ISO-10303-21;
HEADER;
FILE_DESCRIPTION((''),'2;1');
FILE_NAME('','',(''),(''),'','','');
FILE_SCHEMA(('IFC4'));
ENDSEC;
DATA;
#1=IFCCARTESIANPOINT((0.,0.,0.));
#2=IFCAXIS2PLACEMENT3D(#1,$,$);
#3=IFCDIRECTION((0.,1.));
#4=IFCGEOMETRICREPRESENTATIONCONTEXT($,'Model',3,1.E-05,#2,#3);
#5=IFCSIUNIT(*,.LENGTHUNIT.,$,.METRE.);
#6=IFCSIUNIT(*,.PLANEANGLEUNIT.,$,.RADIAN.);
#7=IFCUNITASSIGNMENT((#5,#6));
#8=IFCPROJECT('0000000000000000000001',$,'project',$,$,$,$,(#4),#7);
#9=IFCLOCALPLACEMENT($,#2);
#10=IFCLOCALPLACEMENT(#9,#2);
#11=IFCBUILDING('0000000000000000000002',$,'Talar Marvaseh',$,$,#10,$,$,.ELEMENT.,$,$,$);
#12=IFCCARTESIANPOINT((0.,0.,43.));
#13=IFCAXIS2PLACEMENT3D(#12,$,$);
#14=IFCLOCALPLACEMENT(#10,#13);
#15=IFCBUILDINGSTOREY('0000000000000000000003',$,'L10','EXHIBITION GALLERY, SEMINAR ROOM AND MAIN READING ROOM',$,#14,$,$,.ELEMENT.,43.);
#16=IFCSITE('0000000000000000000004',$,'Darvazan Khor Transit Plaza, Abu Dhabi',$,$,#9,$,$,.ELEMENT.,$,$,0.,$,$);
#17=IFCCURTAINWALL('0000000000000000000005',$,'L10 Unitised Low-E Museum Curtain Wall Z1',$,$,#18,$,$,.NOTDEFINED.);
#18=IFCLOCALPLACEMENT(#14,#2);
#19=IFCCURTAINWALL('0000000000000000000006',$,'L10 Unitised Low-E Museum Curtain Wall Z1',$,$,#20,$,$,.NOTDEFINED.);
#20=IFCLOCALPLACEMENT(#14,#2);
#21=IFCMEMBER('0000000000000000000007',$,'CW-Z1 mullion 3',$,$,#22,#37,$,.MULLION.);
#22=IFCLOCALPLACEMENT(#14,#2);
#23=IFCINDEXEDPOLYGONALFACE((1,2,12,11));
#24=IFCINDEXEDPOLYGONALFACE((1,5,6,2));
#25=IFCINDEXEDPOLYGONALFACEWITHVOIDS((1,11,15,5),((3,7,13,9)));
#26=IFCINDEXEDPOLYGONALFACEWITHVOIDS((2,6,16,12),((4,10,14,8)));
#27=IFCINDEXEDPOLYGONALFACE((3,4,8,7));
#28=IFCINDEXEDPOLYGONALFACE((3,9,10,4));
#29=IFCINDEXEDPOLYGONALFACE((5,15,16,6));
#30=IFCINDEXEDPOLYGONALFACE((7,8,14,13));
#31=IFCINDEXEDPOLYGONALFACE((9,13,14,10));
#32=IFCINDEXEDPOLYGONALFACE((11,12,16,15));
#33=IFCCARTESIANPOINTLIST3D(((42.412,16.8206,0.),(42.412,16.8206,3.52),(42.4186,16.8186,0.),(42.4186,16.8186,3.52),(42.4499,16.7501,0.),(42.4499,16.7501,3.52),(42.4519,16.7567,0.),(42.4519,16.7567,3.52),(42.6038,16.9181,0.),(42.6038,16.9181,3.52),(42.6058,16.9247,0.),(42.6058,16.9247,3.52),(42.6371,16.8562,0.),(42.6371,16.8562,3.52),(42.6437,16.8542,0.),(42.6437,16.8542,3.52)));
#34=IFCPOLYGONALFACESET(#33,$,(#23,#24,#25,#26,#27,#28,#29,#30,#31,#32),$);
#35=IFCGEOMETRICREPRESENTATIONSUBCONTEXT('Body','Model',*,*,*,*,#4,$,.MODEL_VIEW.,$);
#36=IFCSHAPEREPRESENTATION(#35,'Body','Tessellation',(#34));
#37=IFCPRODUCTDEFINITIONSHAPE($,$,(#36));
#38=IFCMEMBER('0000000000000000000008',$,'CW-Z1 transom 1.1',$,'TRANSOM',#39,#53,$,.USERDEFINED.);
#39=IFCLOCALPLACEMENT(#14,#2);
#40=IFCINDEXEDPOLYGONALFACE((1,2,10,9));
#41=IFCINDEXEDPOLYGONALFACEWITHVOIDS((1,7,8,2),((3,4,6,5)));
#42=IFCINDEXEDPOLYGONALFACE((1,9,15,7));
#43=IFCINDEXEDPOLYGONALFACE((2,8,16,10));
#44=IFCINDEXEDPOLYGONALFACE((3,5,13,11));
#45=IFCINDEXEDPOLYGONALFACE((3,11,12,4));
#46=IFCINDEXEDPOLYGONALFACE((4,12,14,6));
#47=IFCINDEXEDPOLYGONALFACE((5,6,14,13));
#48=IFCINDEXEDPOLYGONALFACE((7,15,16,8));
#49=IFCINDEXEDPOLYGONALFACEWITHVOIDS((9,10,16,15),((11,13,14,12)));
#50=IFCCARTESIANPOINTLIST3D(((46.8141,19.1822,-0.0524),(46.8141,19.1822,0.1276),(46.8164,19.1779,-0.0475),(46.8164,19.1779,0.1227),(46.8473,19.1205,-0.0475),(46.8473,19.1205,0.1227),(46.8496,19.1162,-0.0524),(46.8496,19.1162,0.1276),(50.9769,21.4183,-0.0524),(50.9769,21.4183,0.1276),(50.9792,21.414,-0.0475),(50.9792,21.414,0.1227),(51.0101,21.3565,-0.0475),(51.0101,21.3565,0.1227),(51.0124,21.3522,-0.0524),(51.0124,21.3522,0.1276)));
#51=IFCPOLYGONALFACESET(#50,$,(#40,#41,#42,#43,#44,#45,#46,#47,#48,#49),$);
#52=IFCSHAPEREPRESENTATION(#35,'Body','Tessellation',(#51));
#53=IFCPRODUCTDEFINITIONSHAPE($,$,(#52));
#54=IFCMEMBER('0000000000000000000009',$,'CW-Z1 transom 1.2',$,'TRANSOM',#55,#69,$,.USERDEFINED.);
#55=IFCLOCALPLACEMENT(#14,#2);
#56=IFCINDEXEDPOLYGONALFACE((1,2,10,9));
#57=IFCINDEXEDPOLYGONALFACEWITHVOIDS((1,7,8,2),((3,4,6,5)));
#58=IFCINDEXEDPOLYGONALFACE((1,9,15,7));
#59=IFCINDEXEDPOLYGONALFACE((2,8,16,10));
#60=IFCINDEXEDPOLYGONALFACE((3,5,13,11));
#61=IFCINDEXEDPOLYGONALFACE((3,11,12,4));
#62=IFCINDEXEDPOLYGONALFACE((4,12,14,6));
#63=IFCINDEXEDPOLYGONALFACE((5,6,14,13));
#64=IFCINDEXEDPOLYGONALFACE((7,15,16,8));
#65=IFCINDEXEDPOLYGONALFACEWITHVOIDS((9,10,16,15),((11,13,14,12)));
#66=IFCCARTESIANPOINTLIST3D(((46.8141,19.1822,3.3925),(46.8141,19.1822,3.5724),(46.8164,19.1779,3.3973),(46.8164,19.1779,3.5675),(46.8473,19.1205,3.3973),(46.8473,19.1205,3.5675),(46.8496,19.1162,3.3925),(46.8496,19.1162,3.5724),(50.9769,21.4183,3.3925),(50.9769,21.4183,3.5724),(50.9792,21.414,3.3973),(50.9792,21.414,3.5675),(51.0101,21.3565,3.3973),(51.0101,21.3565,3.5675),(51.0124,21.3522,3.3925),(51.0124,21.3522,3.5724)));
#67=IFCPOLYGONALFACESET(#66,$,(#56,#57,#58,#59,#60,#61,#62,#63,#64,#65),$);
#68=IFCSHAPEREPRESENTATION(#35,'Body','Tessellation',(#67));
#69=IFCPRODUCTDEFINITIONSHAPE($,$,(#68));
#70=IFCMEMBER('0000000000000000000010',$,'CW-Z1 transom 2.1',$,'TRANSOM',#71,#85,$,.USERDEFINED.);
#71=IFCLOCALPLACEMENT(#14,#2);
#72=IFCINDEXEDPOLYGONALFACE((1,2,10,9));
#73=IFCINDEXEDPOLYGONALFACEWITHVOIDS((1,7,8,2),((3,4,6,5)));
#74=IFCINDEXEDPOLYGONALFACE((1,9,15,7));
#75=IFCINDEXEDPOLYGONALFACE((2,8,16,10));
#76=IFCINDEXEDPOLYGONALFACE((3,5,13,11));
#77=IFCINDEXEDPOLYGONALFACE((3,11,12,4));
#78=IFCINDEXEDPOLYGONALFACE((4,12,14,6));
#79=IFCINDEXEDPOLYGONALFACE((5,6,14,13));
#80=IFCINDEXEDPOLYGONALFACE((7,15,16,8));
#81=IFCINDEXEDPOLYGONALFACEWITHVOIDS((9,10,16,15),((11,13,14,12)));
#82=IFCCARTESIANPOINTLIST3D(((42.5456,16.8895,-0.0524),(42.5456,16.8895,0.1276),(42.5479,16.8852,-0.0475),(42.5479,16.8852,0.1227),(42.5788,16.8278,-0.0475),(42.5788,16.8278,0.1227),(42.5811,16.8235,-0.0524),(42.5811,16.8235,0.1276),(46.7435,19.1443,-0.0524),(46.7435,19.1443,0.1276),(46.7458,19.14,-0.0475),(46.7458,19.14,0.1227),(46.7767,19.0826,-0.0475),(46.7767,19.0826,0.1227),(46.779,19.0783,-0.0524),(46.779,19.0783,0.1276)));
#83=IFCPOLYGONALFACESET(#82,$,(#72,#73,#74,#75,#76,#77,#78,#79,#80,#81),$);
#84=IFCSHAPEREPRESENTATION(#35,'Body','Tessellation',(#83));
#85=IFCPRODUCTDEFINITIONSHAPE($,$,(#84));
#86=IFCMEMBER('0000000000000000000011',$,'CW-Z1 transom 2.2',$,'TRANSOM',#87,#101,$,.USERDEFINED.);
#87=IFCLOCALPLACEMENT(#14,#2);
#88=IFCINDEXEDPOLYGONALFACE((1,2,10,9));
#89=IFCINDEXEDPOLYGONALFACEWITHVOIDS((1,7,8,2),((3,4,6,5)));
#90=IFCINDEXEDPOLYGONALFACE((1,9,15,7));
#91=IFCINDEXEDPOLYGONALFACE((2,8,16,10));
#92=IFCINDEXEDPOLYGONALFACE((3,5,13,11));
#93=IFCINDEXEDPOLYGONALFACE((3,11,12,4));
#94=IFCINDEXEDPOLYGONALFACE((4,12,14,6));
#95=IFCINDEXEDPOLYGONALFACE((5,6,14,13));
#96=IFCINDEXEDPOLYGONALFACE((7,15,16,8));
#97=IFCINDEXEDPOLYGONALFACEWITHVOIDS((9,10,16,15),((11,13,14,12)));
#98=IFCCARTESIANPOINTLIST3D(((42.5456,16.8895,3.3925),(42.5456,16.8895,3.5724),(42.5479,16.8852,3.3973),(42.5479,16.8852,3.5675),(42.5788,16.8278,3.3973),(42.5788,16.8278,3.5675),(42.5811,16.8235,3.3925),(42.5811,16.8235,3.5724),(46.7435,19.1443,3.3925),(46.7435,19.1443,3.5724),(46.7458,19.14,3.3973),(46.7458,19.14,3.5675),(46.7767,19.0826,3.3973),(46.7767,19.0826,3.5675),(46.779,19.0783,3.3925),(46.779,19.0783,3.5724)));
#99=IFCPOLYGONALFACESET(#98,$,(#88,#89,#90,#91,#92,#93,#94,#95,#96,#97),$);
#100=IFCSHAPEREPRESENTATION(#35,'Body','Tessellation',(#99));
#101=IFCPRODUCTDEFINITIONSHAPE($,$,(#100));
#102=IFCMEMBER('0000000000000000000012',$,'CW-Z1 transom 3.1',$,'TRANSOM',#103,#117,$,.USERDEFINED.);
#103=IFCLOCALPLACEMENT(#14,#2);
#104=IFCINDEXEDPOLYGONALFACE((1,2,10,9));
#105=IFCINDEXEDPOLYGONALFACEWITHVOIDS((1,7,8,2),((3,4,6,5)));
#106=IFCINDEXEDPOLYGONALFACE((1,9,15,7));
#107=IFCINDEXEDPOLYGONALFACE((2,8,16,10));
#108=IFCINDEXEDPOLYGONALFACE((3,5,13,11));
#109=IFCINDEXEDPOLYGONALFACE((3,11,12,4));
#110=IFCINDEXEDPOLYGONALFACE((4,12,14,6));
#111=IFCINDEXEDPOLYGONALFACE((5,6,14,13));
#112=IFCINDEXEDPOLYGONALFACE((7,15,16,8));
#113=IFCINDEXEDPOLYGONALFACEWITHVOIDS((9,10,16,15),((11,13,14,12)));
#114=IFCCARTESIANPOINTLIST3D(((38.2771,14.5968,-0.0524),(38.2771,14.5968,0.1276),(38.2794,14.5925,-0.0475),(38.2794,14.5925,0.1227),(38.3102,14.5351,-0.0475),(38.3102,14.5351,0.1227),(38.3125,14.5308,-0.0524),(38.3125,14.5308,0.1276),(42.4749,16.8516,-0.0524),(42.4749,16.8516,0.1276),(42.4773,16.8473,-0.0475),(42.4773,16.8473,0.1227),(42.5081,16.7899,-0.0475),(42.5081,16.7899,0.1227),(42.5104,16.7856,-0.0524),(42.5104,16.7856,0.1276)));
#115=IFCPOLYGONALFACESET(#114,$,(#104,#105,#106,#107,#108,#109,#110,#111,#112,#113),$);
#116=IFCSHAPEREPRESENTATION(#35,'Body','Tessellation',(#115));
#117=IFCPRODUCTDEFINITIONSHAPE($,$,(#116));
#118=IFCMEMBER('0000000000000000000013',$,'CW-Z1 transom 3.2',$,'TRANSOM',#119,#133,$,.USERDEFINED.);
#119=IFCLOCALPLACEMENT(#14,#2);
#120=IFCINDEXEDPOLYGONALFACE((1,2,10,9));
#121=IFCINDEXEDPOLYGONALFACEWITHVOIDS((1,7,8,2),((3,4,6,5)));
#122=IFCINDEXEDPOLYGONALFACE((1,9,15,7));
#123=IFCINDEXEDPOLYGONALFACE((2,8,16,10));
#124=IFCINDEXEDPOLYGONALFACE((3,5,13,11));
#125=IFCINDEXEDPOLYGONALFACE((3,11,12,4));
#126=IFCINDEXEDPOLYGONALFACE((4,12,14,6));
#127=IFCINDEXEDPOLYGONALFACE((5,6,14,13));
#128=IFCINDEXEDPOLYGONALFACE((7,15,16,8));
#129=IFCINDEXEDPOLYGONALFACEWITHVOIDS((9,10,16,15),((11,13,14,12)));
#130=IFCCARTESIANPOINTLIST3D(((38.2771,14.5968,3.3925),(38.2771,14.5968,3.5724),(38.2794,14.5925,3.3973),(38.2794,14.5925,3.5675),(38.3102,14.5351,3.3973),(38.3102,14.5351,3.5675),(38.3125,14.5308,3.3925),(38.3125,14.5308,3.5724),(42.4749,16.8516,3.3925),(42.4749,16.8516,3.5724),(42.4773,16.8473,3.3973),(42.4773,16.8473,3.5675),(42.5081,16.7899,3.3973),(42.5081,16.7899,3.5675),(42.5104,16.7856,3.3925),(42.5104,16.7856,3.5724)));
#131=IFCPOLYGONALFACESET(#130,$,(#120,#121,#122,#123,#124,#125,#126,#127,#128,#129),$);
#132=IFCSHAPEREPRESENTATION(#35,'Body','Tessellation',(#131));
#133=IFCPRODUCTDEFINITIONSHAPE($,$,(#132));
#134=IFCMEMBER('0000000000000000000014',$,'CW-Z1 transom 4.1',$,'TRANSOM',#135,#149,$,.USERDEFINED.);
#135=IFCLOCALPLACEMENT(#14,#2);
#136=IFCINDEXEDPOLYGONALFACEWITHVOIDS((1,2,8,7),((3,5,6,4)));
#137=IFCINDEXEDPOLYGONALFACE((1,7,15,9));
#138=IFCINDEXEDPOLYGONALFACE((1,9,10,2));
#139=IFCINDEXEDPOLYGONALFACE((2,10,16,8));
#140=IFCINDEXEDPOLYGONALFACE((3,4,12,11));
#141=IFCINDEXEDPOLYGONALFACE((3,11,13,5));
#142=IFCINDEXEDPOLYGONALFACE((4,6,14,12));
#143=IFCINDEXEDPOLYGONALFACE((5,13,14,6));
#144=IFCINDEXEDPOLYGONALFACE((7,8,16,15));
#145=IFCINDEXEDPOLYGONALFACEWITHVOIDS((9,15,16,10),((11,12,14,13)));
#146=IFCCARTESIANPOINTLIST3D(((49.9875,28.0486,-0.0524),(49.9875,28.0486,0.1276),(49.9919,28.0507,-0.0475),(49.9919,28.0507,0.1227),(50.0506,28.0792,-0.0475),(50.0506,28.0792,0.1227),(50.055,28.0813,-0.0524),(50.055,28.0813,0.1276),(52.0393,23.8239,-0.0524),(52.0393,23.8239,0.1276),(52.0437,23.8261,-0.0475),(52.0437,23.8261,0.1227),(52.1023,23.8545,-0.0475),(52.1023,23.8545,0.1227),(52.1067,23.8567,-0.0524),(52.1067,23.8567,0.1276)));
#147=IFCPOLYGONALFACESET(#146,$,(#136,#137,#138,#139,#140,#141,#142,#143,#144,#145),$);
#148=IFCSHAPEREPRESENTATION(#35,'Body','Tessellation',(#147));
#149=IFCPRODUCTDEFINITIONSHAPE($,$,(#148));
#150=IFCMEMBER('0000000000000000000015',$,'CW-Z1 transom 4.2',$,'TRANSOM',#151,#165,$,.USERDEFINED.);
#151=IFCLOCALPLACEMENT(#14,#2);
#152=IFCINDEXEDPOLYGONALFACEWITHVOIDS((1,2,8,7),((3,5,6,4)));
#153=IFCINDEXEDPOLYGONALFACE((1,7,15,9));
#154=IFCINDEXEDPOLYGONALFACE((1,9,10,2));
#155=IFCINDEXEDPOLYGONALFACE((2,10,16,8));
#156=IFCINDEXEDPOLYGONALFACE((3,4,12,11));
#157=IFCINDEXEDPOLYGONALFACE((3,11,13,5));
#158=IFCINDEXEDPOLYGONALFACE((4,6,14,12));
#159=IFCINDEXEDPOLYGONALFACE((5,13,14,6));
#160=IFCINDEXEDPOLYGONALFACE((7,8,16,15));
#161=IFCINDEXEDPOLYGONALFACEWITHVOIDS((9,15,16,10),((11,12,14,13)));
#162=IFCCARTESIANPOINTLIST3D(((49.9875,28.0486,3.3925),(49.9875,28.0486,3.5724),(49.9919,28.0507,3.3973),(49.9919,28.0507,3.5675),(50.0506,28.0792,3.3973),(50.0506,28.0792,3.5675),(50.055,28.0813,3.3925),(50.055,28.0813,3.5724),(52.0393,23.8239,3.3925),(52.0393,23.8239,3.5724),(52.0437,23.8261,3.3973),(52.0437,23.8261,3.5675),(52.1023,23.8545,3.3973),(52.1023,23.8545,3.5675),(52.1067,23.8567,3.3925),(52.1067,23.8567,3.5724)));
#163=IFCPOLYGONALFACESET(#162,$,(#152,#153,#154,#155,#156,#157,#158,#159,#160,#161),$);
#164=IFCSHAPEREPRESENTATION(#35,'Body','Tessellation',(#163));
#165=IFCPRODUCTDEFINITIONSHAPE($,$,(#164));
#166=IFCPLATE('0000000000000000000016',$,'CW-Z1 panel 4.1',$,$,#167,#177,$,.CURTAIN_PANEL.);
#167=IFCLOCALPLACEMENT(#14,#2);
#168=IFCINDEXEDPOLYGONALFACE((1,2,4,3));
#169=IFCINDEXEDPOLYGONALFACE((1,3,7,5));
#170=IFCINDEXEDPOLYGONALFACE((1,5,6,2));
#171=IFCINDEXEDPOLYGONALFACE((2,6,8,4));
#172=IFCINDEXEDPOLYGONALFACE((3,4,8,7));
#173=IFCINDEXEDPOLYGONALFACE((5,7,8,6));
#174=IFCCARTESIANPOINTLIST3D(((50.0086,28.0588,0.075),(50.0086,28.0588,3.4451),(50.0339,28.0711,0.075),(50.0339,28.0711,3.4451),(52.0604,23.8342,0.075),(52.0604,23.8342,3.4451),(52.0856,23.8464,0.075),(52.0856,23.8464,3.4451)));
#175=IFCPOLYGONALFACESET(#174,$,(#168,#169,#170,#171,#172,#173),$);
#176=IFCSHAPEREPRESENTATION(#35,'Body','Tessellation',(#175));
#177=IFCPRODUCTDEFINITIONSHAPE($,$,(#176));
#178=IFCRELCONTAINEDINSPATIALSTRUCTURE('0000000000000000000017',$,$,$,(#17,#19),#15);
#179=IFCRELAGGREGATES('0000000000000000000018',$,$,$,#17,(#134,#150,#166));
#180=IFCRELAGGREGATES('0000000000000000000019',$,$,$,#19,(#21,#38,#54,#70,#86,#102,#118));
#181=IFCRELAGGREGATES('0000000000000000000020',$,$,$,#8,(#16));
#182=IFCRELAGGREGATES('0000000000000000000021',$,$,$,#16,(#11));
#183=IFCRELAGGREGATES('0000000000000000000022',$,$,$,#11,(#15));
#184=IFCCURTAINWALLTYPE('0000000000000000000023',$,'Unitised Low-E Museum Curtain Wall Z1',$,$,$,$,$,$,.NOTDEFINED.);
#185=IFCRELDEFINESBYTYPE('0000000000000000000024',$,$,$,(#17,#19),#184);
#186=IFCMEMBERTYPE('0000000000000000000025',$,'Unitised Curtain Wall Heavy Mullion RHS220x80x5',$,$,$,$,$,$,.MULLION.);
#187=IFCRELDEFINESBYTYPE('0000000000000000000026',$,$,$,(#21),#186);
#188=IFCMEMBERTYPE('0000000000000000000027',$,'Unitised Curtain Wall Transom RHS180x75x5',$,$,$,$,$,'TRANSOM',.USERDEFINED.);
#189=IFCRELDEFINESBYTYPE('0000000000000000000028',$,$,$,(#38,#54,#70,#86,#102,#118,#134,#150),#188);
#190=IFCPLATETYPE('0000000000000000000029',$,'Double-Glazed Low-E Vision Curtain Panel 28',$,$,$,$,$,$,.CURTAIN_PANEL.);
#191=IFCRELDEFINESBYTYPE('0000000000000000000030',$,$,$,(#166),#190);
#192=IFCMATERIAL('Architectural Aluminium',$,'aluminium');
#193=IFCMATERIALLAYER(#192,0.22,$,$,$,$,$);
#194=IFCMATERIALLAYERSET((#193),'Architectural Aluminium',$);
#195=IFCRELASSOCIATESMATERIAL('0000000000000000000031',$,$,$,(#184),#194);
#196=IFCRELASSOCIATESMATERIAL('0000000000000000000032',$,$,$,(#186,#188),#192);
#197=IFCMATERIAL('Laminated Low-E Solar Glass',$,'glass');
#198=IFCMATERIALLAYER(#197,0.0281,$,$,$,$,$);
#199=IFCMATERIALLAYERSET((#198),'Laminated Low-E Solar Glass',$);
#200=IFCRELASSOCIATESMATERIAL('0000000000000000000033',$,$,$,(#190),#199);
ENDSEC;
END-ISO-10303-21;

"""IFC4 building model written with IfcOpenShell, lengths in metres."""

from ifc_helpers import new_model, si_unit, direction, frame, origin, origin_2d, place, context, subcontext, project, spatial, rectangle, hollow_rectangle, extrude, source, transform, mapped, material, layer, layer_set, material_profile, profile_set, type_object, type_shapes, element, aggregate, save


model = new_model("IFC4")

# Units and contexts
model_context = context("Model", 3, precision=1e-05, world=origin(), true_north=direction((0.0, 1.0)))
body_context = subcontext(model_context, "Body", "Model", "MODEL_VIEW")
ifc_project = project(units=[si_unit("LENGTHUNIT", "METRE"), si_unit("PLANEANGLEUNIT", "RADIAN")], contexts=[model_context])

# Site, building, storey
site_placement = place(None, origin())
site = spatial("IfcSite", under=ifc_project, at=site_placement, Name="Darvazan Khor Transit Plaza, Abu Dhabi", CompositionType="ELEMENT", RefElevation=0.0)
building_placement = place(site_placement, origin())
building = spatial("IfcBuilding", under=site, at=building_placement, Name="Talar Marvaseh", CompositionType="ELEMENT")
storey_placement = place(building_placement, frame((0.0, 0.0, 43.0)))
storey = spatial("IfcBuildingStorey", under=building, at=storey_placement, Name="L10", Description="EXHIBITION GALLERY, SEMINAR ROOM AND MAIN READING ROOM", CompositionType="ELEMENT", Elevation=43.0)

# Curtain walls, members
ifc_material_1 = material(Name="Architectural Aluminium", Category="aluminium")
ifc_layer_1 = layer(ifc_material_1, 0.22)
ifc_layer_set_1 = layer_set([ifc_layer_1], Name="Architectural Aluminium")
curtain_wall_type = type_object("IfcCurtainWallType", Name="Unitised Low-E Museum Curtain Wall Z1", PredefinedType="NOTDEFINED", material=ifc_layer_set_1)
curtain_wall_1_placement = place(storey_placement, origin())
curtain_wall_1 = element("IfcCurtainWall", 1, at=curtain_wall_1_placement, inside=storey, type_object=curtain_wall_type, Name="L10 Unitised Low-E Museum Curtain Wall Z1", PredefinedType="NOTDEFINED")
ifc_material_profile_1 = material_profile(ifc_material_1, hollow_rectangle(XDim=0.0801, YDim=0.22, WallThickness=0.0049, at=origin_2d()), Name="RHS220x80x5")
ifc_profile_set_1 = profile_set([ifc_material_profile_1], Name="Architectural Aluminium")
member_type_1 = type_object("IfcMemberType", Name="Unitised Curtain Wall Heavy Mullion RHS220x80x5", PredefinedType="MULLION", material=ifc_profile_set_1)
shared_shape_1 = source(origin(), body_context, "Body", "SweptSolid", [
    extrude(hollow_rectangle(XDim=0.0801, YDim=0.22, WallThickness=0.0049, at=origin_2d()), origin(), (0.0, 0.0, 1.0), 3.52),
])
type_shapes(member_type_1, [shared_shape_1])
curtain_wall_2_placement = place(storey_placement, origin())
curtain_wall_2 = element("IfcCurtainWall", 2, at=curtain_wall_2_placement, inside=storey, type_object=curtain_wall_type, Name="L10 Unitised Low-E Museum Curtain Wall Z1", PredefinedType="NOTDEFINED")
member_1_placement = place(storey_placement, frame((42.5278, 16.8374, 0.0), z_axis=(0.0, 0.0, 1.0), x_axis=(0.473185, -0.880963, 0.0)))
member_1 = element("IfcMember", 3, at=member_1_placement, type_object=member_type_1, Name="CW-Z1 mullion 3", PredefinedType="MULLION", context=body_context, shape_type="MappedRepresentation", body=[
    mapped(shared_shape_1, transform((0.0, 0.0, 0.0), x_axis=(1.0, 0.0, 0.0), y_axis=(0.0, 1.0, 0.0), z_axis=(0.0, 0.0, 1.0), scale=1.0)),
])
ifc_material_profile_2 = material_profile(ifc_material_1, hollow_rectangle(XDim=0.075, YDim=0.1799, WallThickness=0.0049, at=origin_2d()), Name="RHS180x75x5")
ifc_profile_set_2 = profile_set([ifc_material_profile_2], Name="Architectural Aluminium")
member_type_2 = type_object("IfcMemberType", Name="Unitised Curtain Wall Transom RHS180x75x5", ElementType="TRANSOM", PredefinedType="USERDEFINED", material=ifc_profile_set_2)
shared_shape_2 = source(origin(), body_context, "Body", "SweptSolid", [
    extrude(hollow_rectangle(XDim=0.075, YDim=0.1799, WallThickness=0.0049, at=origin_2d()), origin(), (0.0, 0.0, 1.0), 4.7253),
])
member_2_placement = place(storey_placement, frame((50.9946, 21.3853, 0.0376), z_axis=(-0.880952, -0.473206, 0.0), x_axis=(0.473206, -0.880952, 0.0)))
member_2 = element("IfcMember", 4, at=member_2_placement, type_object=member_type_2, Name="CW-Z1 transom 1.1", ObjectType="TRANSOM", PredefinedType="USERDEFINED", context=body_context, shape_type="MappedRepresentation", body=[
    mapped(shared_shape_2, transform((0.0, 0.0, 0.0), x_axis=(1.0, 0.0, 0.0), y_axis=(0.0, 1.0, 0.0), z_axis=(0.0, 0.0, 1.0), scale=1.0)),
])
member_3_placement = place(storey_placement, frame((50.9946, 21.3853, 3.4824), z_axis=(-0.880952, -0.473206, 0.0), x_axis=(0.473206, -0.880952, 0.0)))
member_3 = element("IfcMember", 5, at=member_3_placement, type_object=member_type_2, Name="CW-Z1 transom 1.2", ObjectType="TRANSOM", PredefinedType="USERDEFINED", context=body_context, shape_type="MappedRepresentation", body=[
    mapped(shared_shape_2, transform((0.0, 0.0, 0.0), x_axis=(1.0, 0.0, 0.0), y_axis=(0.0, 1.0, 0.0), z_axis=(0.0, 0.0, 1.0), scale=1.0)),
])
shared_shape_3 = source(origin(), body_context, "Body", "SweptSolid", [
    extrude(hollow_rectangle(XDim=0.075, YDim=0.1799, WallThickness=0.0049, at=origin_2d()), origin(), (0.0, 0.0, 1.0), 4.7651),
])
member_4_placement = place(storey_placement, frame((46.7612, 19.1113, 0.0376), z_axis=(-0.880959, -0.473192, 0.0), x_axis=(0.473192, -0.880959, 0.0)))
member_4 = element("IfcMember", 6, at=member_4_placement, type_object=member_type_2, Name="CW-Z1 transom 2.1", ObjectType="TRANSOM", PredefinedType="USERDEFINED", context=body_context, shape_type="MappedRepresentation", body=[
    mapped(shared_shape_3, transform((0.0, 0.0, 0.0), x_axis=(1.0, 0.0, 0.0), y_axis=(0.0, 1.0, 0.0), z_axis=(0.0, 0.0, 1.0), scale=1.0)),
])
member_5_placement = place(storey_placement, frame((46.7612, 19.1113, 3.4824), z_axis=(-0.880959, -0.473192, 0.0), x_axis=(0.473192, -0.880959, 0.0)))
member_5 = element("IfcMember", 7, at=member_5_placement, type_object=member_type_2, Name="CW-Z1 transom 2.2", ObjectType="TRANSOM", PredefinedType="USERDEFINED", context=body_context, shape_type="MappedRepresentation", body=[
    mapped(shared_shape_3, transform((0.0, 0.0, 0.0), x_axis=(1.0, 0.0, 0.0), y_axis=(0.0, 1.0, 0.0), z_axis=(0.0, 0.0, 1.0), scale=1.0)),
])
member_6_placement = place(storey_placement, frame((42.4927, 16.8186, 0.0376), z_axis=(-0.880959, -0.473192, 0.0), x_axis=(0.473192, -0.880959, 0.0)))
member_6 = element("IfcMember", 8, at=member_6_placement, type_object=member_type_2, Name="CW-Z1 transom 3.1", ObjectType="TRANSOM", PredefinedType="USERDEFINED", context=body_context, shape_type="MappedRepresentation", body=[
    mapped(shared_shape_3, transform((0.0, 0.0, 0.0), x_axis=(1.0, 0.0, 0.0), y_axis=(0.0, 1.0, 0.0), z_axis=(0.0, 0.0, 1.0), scale=1.0)),
])
member_7_placement = place(storey_placement, frame((42.4927, 16.8186, 3.4824), z_axis=(-0.880959, -0.473192, 0.0), x_axis=(0.473192, -0.880959, 0.0)))
member_7 = element("IfcMember", 9, at=member_7_placement, type_object=member_type_2, Name="CW-Z1 transom 3.2", ObjectType="TRANSOM", PredefinedType="USERDEFINED", context=body_context, shape_type="MappedRepresentation", body=[
    mapped(shared_shape_3, transform((0.0, 0.0, 0.0), x_axis=(1.0, 0.0, 0.0), y_axis=(0.0, 1.0, 0.0), z_axis=(0.0, 0.0, 1.0), scale=1.0)),
])

# Members
shared_shape_4 = source(origin(), body_context, "Body", "SweptSolid", [
    extrude(hollow_rectangle(XDim=0.075, YDim=0.1799, WallThickness=0.0049, at=origin_2d()), origin(), (0.0, 0.0, 1.0), 4.6965),
])
type_shapes(member_type_2, [shared_shape_2, shared_shape_3, shared_shape_4])
member_8_placement = place(storey_placement, frame((50.0212, 28.0649, 0.0376), z_axis=(0.43687, -0.899525, 0.0), x_axis=(0.899525, 0.43687, 0.0)))
member_8 = element("IfcMember", 10, at=member_8_placement, type_object=member_type_2, Name="CW-Z1 transom 4.1", ObjectType="TRANSOM", PredefinedType="USERDEFINED", context=body_context, shape_type="MappedRepresentation", body=[
    mapped(shared_shape_4, transform((0.0, 0.0, 0.0), x_axis=(1.0, 0.0, 0.0), y_axis=(0.0, 1.0, 0.0), z_axis=(0.0, 0.0, 1.0), scale=1.0)),
])
member_9_placement = place(storey_placement, frame((50.0212, 28.0649, 3.4824), z_axis=(0.43687, -0.899525, 0.0), x_axis=(0.899525, 0.43687, 0.0)))
member_9 = element("IfcMember", 11, at=member_9_placement, type_object=member_type_2, Name="CW-Z1 transom 4.2", ObjectType="TRANSOM", PredefinedType="USERDEFINED", context=body_context, shape_type="MappedRepresentation", body=[
    mapped(shared_shape_4, transform((0.0, 0.0, 0.0), x_axis=(1.0, 0.0, 0.0), y_axis=(0.0, 1.0, 0.0), z_axis=(0.0, 0.0, 1.0), scale=1.0)),
])

# Plate
ifc_material_2 = material(Name="Laminated Low-E Solar Glass", Category="glass")
ifc_layer_2 = layer(ifc_material_2, 0.0281)
ifc_layer_set_2 = layer_set([ifc_layer_2], Name="Laminated Low-E Solar Glass")
plate_type = type_object("IfcPlateType", Name="Double-Glazed Low-E Vision Curtain Panel 28", PredefinedType="CURTAIN_PANEL", material=ifc_layer_set_2)
shared_shape_5 = source(origin(), body_context, "Body", "SweptSolid", [
    extrude(rectangle(XDim=4.6965, YDim=0.0281, at=origin_2d()), origin(), (0.0, 0.0, 1.0), 3.3701),
])
plate_1_placement = place(storey_placement, frame((51.0471, 25.9526, 0.075), z_axis=(0.0, 0.0, 1.0), x_axis=(0.436863, -0.899528, 0.0)))
plate_1 = element("IfcPlate", 12, at=plate_1_placement, type_object=plate_type, Name="CW-Z1 panel 4.1", PredefinedType="CURTAIN_PANEL", context=body_context, shape_type="MappedRepresentation", body=[
    mapped(shared_shape_5, transform((0.0, 0.0, 0.0), x_axis=(1.0, 0.0, 0.0), y_axis=(0.0, 1.0, 0.0), z_axis=(0.0, 0.0, 1.0), scale=1.0)),
])
aggregate(curtain_wall_1, [member_8, member_9, plate_1])
aggregate(curtain_wall_2, [member_1, member_2, member_3, member_4, member_5, member_6, member_7])

save(model, "model.ifc")
